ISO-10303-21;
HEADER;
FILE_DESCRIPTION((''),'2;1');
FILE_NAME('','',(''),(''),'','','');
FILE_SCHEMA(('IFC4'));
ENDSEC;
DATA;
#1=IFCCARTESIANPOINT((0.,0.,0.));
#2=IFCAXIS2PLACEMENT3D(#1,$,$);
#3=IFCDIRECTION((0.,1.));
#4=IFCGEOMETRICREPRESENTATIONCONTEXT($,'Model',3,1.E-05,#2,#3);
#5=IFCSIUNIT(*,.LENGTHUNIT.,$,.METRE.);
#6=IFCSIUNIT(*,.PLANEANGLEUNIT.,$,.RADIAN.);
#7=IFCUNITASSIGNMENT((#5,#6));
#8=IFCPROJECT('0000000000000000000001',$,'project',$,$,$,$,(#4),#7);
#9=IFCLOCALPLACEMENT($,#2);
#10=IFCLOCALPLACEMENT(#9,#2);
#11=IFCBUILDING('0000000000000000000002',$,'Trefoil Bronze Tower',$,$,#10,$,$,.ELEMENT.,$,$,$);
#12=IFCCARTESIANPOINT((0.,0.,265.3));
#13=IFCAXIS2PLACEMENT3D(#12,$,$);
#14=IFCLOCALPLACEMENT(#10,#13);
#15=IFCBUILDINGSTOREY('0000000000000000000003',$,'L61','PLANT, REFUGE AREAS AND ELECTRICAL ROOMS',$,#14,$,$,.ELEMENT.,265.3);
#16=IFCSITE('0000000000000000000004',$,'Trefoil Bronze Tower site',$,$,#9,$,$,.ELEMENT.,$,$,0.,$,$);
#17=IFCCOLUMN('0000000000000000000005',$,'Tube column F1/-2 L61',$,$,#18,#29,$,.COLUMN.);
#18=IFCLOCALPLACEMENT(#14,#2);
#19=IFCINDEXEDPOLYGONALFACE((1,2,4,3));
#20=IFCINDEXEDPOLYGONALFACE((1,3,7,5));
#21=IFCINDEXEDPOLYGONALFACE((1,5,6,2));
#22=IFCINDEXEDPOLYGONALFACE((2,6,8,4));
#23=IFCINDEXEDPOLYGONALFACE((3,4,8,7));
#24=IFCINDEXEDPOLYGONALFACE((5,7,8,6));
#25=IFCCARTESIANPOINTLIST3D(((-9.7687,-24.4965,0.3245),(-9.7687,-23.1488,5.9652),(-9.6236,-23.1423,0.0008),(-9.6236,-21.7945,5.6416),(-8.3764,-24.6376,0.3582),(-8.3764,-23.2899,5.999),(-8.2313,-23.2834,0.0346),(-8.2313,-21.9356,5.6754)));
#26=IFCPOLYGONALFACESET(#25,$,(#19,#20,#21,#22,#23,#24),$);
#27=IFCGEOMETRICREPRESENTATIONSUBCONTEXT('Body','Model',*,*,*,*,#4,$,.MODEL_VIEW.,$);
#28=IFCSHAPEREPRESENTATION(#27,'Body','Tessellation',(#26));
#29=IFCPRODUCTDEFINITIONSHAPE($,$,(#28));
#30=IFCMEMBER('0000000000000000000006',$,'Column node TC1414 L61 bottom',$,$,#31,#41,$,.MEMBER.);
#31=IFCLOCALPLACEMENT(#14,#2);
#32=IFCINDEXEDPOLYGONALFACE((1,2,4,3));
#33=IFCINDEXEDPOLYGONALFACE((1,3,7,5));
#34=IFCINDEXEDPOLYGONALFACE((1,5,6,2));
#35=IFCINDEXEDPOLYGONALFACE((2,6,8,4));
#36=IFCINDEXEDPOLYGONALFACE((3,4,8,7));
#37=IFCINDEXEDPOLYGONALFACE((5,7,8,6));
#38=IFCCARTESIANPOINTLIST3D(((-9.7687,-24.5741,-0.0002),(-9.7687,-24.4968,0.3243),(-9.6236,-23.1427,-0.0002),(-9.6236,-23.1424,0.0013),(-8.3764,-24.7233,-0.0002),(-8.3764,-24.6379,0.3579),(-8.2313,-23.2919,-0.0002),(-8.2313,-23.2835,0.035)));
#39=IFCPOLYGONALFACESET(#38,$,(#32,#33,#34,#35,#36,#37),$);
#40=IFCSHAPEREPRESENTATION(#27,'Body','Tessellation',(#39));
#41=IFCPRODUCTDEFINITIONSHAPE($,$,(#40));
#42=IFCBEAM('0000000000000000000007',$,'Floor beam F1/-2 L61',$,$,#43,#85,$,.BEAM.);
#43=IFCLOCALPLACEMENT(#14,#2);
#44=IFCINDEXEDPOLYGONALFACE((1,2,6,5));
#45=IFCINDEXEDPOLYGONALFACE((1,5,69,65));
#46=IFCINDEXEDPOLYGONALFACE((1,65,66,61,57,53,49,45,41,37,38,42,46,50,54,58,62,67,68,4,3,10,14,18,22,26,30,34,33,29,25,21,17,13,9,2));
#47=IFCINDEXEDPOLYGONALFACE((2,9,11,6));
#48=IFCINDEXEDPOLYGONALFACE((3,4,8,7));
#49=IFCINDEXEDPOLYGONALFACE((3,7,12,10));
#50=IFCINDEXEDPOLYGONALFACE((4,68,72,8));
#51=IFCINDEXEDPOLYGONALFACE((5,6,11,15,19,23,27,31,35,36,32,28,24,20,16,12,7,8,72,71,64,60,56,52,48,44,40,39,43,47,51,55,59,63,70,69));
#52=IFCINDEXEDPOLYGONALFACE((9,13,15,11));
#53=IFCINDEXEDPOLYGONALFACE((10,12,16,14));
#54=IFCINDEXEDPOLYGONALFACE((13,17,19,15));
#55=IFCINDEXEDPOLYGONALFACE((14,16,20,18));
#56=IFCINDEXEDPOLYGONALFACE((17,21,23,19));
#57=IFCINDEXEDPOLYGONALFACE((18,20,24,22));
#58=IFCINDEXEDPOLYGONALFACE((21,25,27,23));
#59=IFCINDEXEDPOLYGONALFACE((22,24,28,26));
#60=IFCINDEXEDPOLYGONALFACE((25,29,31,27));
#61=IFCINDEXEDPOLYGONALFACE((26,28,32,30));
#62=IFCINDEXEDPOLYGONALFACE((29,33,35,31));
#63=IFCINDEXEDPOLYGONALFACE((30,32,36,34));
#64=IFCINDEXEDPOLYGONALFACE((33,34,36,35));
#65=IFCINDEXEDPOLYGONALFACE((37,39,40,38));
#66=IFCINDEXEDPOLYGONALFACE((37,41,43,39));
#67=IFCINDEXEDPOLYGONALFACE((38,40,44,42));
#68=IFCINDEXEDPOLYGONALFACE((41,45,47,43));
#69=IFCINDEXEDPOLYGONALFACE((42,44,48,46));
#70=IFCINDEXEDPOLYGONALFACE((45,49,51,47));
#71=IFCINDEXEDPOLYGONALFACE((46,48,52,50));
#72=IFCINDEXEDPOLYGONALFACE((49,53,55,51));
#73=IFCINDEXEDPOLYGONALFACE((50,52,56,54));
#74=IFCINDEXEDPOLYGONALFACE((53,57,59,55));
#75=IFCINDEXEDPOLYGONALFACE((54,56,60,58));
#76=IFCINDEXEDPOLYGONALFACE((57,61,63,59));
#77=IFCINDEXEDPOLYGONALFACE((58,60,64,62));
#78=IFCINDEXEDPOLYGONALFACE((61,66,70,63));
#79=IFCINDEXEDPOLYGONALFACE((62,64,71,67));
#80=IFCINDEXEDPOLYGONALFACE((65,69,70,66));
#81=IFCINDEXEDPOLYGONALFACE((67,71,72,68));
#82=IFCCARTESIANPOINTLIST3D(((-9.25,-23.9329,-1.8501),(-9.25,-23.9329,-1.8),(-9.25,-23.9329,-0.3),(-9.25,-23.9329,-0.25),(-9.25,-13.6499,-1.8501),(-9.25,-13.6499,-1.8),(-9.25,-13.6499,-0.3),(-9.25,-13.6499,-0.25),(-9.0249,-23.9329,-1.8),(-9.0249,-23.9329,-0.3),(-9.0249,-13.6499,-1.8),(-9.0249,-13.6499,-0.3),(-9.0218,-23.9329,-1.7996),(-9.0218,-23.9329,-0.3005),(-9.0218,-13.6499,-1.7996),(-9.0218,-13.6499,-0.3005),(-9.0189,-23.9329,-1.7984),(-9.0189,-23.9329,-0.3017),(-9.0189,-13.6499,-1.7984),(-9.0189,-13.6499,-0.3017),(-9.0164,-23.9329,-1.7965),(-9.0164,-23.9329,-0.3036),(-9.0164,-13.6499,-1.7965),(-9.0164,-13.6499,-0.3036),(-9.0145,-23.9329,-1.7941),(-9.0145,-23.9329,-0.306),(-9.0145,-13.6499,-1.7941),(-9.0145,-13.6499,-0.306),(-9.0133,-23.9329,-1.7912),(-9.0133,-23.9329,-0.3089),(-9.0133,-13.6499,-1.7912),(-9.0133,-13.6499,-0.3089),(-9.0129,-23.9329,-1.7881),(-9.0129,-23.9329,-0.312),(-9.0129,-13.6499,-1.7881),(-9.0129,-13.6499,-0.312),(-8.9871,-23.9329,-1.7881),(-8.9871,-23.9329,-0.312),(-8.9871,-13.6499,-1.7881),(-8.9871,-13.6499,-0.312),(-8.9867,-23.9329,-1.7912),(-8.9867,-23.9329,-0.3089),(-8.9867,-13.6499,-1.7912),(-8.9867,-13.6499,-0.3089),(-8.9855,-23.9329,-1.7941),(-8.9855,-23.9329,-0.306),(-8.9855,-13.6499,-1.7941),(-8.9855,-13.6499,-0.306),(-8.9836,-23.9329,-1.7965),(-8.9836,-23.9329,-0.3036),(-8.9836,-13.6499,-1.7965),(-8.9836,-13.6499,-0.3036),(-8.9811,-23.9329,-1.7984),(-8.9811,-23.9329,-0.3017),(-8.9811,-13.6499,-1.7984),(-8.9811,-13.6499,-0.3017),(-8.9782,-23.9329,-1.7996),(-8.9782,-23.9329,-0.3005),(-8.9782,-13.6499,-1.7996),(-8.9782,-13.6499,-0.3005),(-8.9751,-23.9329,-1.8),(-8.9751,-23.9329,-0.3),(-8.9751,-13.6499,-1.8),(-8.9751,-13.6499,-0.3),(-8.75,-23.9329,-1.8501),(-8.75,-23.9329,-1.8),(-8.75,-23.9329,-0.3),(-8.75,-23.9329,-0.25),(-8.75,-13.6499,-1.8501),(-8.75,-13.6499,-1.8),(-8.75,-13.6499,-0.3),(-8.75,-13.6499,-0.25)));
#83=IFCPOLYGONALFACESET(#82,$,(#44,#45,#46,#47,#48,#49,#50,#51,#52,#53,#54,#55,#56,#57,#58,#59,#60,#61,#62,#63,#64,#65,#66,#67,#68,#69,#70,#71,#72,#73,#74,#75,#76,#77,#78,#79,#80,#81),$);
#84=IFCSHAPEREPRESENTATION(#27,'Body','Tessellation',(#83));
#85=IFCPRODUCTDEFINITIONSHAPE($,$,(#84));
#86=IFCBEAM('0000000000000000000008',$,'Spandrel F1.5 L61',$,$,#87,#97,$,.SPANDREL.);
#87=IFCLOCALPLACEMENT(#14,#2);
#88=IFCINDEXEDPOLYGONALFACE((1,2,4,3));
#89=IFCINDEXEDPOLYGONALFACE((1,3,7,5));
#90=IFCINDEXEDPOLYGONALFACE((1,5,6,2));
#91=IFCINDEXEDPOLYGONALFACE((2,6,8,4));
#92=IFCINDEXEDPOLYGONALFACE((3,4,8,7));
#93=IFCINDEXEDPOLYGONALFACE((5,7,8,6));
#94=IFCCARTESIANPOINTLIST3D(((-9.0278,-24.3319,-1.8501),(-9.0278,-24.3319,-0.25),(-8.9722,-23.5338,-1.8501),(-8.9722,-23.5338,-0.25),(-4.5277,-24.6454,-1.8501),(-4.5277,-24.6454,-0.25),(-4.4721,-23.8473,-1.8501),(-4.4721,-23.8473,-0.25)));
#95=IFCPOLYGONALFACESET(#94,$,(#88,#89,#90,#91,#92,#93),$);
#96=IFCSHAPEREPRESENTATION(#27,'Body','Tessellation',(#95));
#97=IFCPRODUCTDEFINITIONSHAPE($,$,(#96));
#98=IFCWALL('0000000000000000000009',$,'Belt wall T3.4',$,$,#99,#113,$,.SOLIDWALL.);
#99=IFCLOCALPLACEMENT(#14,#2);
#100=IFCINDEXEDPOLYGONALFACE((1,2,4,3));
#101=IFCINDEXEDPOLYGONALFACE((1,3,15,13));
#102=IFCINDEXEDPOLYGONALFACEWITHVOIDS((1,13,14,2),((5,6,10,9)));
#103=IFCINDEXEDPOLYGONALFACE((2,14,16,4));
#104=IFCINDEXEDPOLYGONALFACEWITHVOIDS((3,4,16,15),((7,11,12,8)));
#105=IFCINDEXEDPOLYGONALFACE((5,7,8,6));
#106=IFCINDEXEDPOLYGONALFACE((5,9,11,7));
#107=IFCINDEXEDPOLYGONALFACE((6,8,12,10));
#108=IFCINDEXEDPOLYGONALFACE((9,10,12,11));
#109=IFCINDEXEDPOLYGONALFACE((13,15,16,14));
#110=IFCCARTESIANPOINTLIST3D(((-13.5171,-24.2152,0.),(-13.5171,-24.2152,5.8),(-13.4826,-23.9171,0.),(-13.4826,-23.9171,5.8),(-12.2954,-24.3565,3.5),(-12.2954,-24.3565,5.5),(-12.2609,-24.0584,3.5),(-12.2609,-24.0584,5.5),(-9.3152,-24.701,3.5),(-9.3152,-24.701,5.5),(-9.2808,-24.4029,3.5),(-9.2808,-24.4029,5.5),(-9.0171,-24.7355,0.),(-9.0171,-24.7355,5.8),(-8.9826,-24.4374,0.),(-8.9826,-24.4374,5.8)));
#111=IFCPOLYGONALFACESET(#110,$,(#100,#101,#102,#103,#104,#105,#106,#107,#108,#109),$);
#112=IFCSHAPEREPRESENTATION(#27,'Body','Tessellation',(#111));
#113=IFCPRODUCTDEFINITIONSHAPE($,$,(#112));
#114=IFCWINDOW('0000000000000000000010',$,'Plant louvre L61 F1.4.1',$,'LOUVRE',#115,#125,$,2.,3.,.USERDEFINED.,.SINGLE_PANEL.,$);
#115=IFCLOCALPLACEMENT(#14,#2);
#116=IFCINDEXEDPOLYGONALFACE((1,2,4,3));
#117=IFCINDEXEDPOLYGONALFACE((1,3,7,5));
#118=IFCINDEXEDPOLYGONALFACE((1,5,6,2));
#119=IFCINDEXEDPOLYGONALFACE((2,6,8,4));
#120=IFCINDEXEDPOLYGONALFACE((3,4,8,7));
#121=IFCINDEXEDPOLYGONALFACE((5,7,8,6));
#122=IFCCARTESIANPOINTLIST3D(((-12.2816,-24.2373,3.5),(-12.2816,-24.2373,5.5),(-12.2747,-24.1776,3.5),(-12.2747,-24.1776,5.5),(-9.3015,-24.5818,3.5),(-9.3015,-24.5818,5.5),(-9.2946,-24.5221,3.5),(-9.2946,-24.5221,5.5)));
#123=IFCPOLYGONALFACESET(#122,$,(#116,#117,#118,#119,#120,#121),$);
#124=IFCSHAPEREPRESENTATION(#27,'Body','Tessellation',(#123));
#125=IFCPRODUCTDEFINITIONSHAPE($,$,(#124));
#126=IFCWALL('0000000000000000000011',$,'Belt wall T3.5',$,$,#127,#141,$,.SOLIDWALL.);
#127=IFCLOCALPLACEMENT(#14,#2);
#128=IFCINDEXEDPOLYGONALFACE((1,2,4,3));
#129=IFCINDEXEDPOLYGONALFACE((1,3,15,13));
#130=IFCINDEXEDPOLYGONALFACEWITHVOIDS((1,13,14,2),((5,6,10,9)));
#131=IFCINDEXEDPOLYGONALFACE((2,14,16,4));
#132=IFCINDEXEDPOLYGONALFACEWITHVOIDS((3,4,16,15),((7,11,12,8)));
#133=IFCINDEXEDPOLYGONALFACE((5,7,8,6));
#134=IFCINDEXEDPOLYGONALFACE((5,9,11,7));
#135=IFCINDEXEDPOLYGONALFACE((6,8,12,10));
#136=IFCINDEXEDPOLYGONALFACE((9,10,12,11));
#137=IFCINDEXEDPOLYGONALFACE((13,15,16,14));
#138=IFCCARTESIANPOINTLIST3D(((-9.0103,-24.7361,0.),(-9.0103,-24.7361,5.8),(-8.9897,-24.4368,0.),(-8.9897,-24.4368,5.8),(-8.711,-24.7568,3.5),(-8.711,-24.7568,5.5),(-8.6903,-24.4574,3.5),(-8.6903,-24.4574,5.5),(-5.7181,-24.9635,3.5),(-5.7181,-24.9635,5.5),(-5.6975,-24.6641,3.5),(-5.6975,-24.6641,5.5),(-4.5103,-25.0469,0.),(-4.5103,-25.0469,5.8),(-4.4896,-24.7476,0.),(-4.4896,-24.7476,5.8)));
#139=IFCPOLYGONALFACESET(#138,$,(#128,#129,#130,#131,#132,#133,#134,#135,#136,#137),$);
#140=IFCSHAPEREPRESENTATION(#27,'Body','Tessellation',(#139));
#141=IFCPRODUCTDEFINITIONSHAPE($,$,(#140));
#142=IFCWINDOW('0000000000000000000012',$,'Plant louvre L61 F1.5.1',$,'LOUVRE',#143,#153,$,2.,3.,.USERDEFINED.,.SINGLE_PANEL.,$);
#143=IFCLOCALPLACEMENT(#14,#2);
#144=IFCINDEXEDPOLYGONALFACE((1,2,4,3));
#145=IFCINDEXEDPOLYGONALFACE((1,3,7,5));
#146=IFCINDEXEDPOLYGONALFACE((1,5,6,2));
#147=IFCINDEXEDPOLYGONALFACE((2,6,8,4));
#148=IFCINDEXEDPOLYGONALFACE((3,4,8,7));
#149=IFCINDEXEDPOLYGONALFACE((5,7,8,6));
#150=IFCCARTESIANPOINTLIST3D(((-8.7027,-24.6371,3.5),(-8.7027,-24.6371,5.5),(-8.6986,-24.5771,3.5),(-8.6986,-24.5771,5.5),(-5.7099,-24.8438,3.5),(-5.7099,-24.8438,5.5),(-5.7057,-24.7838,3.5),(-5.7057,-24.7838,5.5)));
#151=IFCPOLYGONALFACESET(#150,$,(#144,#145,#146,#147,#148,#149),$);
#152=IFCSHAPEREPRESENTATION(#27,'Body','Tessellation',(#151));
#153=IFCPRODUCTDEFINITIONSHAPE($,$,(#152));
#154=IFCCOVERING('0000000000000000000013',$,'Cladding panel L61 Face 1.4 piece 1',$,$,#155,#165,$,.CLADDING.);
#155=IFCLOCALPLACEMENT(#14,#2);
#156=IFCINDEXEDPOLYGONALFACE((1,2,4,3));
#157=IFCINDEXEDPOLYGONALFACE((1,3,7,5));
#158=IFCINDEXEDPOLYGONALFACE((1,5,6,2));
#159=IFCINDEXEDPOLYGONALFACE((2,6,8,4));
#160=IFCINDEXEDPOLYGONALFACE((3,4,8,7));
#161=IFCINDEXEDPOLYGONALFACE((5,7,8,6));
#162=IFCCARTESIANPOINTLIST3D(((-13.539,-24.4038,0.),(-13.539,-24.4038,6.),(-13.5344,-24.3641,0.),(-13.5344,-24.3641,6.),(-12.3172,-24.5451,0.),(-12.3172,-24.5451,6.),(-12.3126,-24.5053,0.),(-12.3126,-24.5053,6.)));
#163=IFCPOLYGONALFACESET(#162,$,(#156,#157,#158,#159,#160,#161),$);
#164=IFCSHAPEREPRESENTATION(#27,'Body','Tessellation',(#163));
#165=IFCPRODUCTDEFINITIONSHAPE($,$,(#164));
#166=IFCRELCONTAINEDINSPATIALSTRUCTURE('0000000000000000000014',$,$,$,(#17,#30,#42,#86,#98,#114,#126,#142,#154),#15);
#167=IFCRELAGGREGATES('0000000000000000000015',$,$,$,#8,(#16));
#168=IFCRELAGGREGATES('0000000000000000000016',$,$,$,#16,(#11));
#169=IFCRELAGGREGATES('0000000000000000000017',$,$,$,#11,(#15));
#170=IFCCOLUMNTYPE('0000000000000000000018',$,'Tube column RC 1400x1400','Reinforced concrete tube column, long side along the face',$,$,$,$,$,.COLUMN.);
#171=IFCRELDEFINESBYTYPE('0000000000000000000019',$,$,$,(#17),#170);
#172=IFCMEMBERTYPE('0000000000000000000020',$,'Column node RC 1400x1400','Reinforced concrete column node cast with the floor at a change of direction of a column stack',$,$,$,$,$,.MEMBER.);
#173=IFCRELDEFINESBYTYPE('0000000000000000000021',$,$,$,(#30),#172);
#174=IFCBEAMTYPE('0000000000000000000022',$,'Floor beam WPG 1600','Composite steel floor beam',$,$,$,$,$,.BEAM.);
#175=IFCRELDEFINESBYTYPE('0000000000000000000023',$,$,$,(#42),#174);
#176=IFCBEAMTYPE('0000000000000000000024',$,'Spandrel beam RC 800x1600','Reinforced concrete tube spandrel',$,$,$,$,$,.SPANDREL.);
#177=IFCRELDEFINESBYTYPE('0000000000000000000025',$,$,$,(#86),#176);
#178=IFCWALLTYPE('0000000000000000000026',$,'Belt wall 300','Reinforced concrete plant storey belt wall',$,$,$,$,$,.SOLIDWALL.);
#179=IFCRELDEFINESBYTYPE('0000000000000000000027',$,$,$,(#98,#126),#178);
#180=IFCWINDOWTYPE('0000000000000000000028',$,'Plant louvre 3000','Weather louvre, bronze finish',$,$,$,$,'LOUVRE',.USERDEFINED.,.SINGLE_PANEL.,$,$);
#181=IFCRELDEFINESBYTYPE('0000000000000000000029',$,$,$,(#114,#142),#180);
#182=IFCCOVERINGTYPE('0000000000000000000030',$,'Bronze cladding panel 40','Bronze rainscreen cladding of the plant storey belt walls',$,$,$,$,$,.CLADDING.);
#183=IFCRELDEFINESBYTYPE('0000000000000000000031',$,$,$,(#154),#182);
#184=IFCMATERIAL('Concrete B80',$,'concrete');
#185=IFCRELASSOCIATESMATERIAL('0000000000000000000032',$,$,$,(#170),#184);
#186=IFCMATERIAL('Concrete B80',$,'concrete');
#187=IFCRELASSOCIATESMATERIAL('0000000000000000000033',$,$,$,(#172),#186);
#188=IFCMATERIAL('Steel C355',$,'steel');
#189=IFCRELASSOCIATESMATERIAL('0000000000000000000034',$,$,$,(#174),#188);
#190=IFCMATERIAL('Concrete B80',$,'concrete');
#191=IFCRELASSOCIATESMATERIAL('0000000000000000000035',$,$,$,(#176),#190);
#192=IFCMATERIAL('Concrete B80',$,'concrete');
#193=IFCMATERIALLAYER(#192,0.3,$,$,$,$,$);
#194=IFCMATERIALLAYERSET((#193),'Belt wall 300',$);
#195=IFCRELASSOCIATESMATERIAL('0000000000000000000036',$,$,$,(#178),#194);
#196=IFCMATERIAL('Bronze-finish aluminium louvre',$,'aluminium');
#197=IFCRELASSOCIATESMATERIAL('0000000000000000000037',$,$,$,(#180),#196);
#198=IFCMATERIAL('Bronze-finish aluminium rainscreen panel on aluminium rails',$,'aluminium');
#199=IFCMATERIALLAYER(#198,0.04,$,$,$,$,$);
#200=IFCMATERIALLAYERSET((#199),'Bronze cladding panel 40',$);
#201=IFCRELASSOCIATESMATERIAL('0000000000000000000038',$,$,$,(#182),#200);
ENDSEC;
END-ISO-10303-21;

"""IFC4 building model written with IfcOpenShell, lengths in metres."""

from ifc_helpers import new_model, si_unit, direction, frame, frame_2d, origin, origin_2d, place, context, subcontext, project, spatial, rectangle, i_section, extrude, clip, halfspace, material, layer, layer_set, material_profile, profile_set, type_object, element, fill, save


model = new_model("IFC4")

# Units and contexts
model_context = context("Model", 3, precision=1e-05, world=origin(), true_north=direction((0.0, 1.0)))
body_context = subcontext(model_context, "Body", "Model", "MODEL_VIEW")
ifc_project = project(units=[si_unit("LENGTHUNIT", "METRE"), si_unit("PLANEANGLEUNIT", "RADIAN")], contexts=[model_context])

# Site, building, storey
site_placement = place(None, origin())
site = spatial("IfcSite", under=ifc_project, at=site_placement, Name="Trefoil Bronze Tower site", CompositionType="ELEMENT", RefElevation=0.0)
building_placement = place(site_placement, origin())
building = spatial("IfcBuilding", under=site, at=building_placement, Name="Trefoil Bronze Tower", CompositionType="ELEMENT")
storey_placement = place(building_placement, frame((0.0, 0.0, 265.3)))
storey = spatial("IfcBuildingStorey", under=building, at=storey_placement, Name="L61", Description="PLANT, REFUGE AREAS AND ELECTRICAL ROOMS", CompositionType="ELEMENT", Elevation=265.3)

# Column
ifc_material_1 = material(Name="Concrete B80", Category="concrete")
ifc_material_profile_1 = material_profile(ifc_material_1, rectangle(XDim=1.3999, YDim=1.3999, at=origin_2d()), Name="RC 1400x1400")
ifc_profile_set_1 = profile_set([ifc_material_profile_1], Name="Concrete B80")
column_type = type_object("IfcColumnType", Name="Tube column RC 1400x1400", Description="Reinforced concrete tube column, long side along the face", PredefinedType="COLUMN", material=ifc_profile_set_1)
column_placement = place(storey_placement, frame((-9.0, -23.9329, 0.0), z_axis=(0.0, 0.232391, 0.972622), x_axis=(0.994615, -0.100799, 0.024084)))
element("IfcColumn", 1, at=column_placement, inside=storey, type_object=column_type, Name="Tube column F1/-2 L61", PredefinedType="COLUMN", context=body_context, shape_type="Clipping", body=[
    clip(clip(extrude(rectangle(XDim=1.3999, YDim=1.3999, at=origin_2d()), origin(), (0.0, 0.0, 1.0), 6.1689), halfspace(frame((0.0, 0.0, 0.1846), z_axis=(-0.000003, 0.000033, 1.0), x_axis=(0.0, 1.0, -0.000033)), True)), halfspace(frame((0.0, 0.0, 5.9841), z_axis=(0.000003, -0.000033, -1.0), x_axis=(0.0, -1.0, 0.000033)), True)),
])

# Member
ifc_material_2 = material(Name="Concrete B80", Category="concrete")
ifc_material_profile_2 = material_profile(ifc_material_2, rectangle(XDim=1.3999, YDim=1.3999, at=origin_2d()), Name="RC 1400x1400")
ifc_profile_set_2 = profile_set([ifc_material_profile_2], Name="Concrete B80")
member_type = type_object("IfcMemberType", Name="Column node RC 1400x1400", Description="Reinforced concrete column node cast with the floor at a change of direction of a column stack", PredefinedType="MEMBER", material=ifc_profile_set_2)
member_placement = place(storey_placement, frame((-9.0, -23.9758, -0.1797), z_axis=(0.0, 0.231948, 0.972728), x_axis=(0.994615, -0.10081, 0.024038)))
element("IfcMember", 2, at=member_placement, inside=storey, type_object=member_type, Name="Column node TC1414 L61 bottom", PredefinedType="MEMBER", context=body_context, shape_type="Clipping", body=[
    clip(extrude(rectangle(XDim=1.3999, YDim=1.3999, at=origin_2d()), origin(), (0.0, 0.0, 1.0), 0.3694), halfspace(frame((0.0, 0.0, 0.1846), z_axis=(0.024038, -0.230699, 0.972728), x_axis=(0.0, 0.973009, 0.230766)), True)),
])

# Beams
ifc_material_3 = material(Name="Steel C355", Category="steel")
ifc_material_profile_3 = material_profile(ifc_material_3, i_section(OverallWidth=0.5, OverallDepth=1.6001, WebThickness=0.0259, FlangeThickness=0.05, FilletRadius=0.012, at=origin_2d()), Name="WPG 1600")
ifc_profile_set_3 = profile_set([ifc_material_profile_3], Name="Steel C355")
beam_type_1 = type_object("IfcBeamType", Name="Floor beam WPG 1600", Description="Composite steel floor beam", PredefinedType="BEAM", material=ifc_profile_set_3)
beam_1_placement = place(storey_placement, frame((-9.0, -23.9329, -1.05), z_axis=(0.0, 1.0, 0.0), x_axis=(-1.0, 0.0, 0.0)))
element("IfcBeam", 3, at=beam_1_placement, inside=storey, type_object=beam_type_1, Name="Floor beam F1/-2 L61", PredefinedType="BEAM", context=body_context, shape_type="SweptSolid", body=[
    extrude(i_section(OverallWidth=0.5, OverallDepth=1.6001, WebThickness=0.0259, FlangeThickness=0.05, FilletRadius=0.012, at=origin_2d()), origin(), (0.0, 0.0, 1.0), 10.283),
])
ifc_material_4 = material(Name="Concrete B80", Category="concrete")
ifc_material_profile_4 = material_profile(ifc_material_4, rectangle(XDim=0.8, YDim=1.6001, at=origin_2d()), Name="RC 800x1600")
ifc_profile_set_4 = profile_set([ifc_material_profile_4], Name="Concrete B80")
beam_type_2 = type_object("IfcBeamType", Name="Spandrel beam RC 800x1600", Description="Reinforced concrete tube spandrel", PredefinedType="SPANDREL", material=ifc_profile_set_4)
beam_2_placement = place(storey_placement, frame((-9.0, -23.9329, -1.05), z_axis=(0.997582, -0.069493, 0.0), x_axis=(0.069493, 0.997582, 0.0)))
element("IfcBeam", 4, at=beam_2_placement, inside=storey, type_object=beam_type_2, Name="Spandrel F1.5 L61", PredefinedType="SPANDREL", context=body_context, shape_type="SweptSolid", body=[
    extrude(rectangle(XDim=0.8, YDim=1.6001, at=origin_2d()), origin(), (0.0, 0.0, 1.0), 4.511),
])

# Walls, openings, windows
ifc_material_5 = material(Name="Concrete B80", Category="concrete")
ifc_layer_1 = layer(ifc_material_5, 0.3)
ifc_layer_set_1 = layer_set([ifc_layer_1], Name="Belt wall 300")
wall_type = type_object("IfcWallType", Name="Belt wall 300", Description="Reinforced concrete plant storey belt wall", PredefinedType="SOLIDWALL", material=ifc_layer_set_1)
wall_1_placement = place(storey_placement, frame((-13.5, -24.0662, 0.0), z_axis=(0.0, 0.0, 1.0), x_axis=(0.993383, -0.114849, 0.0)))
wall_1 = element("IfcWall", 5, at=wall_1_placement, inside=storey, type_object=wall_type, Name="Belt wall T3.4", PredefinedType="SOLIDWALL", context=body_context, shape_type="SweptSolid", body=[
    extrude(rectangle(XDim=4.53, YDim=0.3, at=frame_2d((2.2651, 0.0))), origin(), (0.0, 0.0, 1.0), 5.8),
])
opening_1_placement = place(wall_1_placement, frame((1.23, 0.0, 3.5)))
opening_1 = element("IfcOpeningElement", 6, at=opening_1_placement, cuts=wall_1, PredefinedType="OPENING", context=body_context, shape_type="SweptSolid", body=[
    extrude(rectangle(XDim=3.0, YDim=2.0, at=frame_2d((1.5, 1.0))), frame((0.0, 0.1599, 0.0), z_axis=(0.0, -1.0, 0.0), x_axis=(1.0, 0.0, 0.0)), (0.0, 0.0, 1.0), 0.3201),
])
ifc_material_6 = material(Name="Bronze-finish aluminium louvre", Category="aluminium")
window_type = type_object("IfcWindowType", Name="Plant louvre 3000", Description="Weather louvre, bronze finish", ElementType="LOUVRE", PartitioningType="SINGLE_PANEL", PredefinedType="USERDEFINED", material=ifc_material_6)
window_1_placement = place(opening_1_placement, origin())
window_1 = element("IfcWindow", 7, at=window_1_placement, inside=storey, type_object=window_type, Name="Plant louvre L61 F1.4.1", ObjectType="LOUVRE", OverallHeight=2.0, OverallWidth=3.0, PartitioningType="SINGLE_PANEL", PredefinedType="USERDEFINED", context=body_context, shape_type="SweptSolid", body=[
    extrude(rectangle(XDim=3.0, YDim=2.0, at=frame_2d((1.5, 1.0))), frame((0.0, 0.03, 0.0), z_axis=(0.0, -1.0, 0.0), x_axis=(1.0, 0.0, 0.0)), (0.0, 0.0, 1.0), 0.0601),
])
fill(opening_1, window_1)
wall_2_placement = place(storey_placement, frame((-9.0, -24.5864, 0.0), z_axis=(0.0, 0.0, 1.0), x_axis=(0.997624, -0.068901, 0.0)))
wall_2 = element("IfcWall", 8, at=wall_2_placement, inside=storey, type_object=wall_type, Name="Belt wall T3.5", PredefinedType="SOLIDWALL", context=body_context, shape_type="SweptSolid", body=[
    extrude(rectangle(XDim=4.5107, YDim=0.3, at=frame_2d((2.2554, 0.0))), origin(), (0.0, 0.0, 1.0), 5.8),
])
opening_2_placement = place(wall_2_placement, frame((0.3, 0.0, 3.5)))
opening_2 = element("IfcOpeningElement", 9, at=opening_2_placement, cuts=wall_2, PredefinedType="OPENING", context=body_context, shape_type="SweptSolid", body=[
    extrude(rectangle(XDim=3.0, YDim=2.0, at=frame_2d((1.5, 1.0))), frame((0.0, 0.1599, 0.0), z_axis=(0.0, -1.0, 0.0), x_axis=(1.0, 0.0, 0.0)), (0.0, 0.0, 1.0), 0.3201),
])
window_2_placement = place(opening_2_placement, origin())
window_2 = element("IfcWindow", 10, at=window_2_placement, inside=storey, type_object=window_type, Name="Plant louvre L61 F1.5.1", ObjectType="LOUVRE", OverallHeight=2.0, OverallWidth=3.0, PartitioningType="SINGLE_PANEL", PredefinedType="USERDEFINED", context=body_context, shape_type="SweptSolid", body=[
    extrude(rectangle(XDim=3.0, YDim=2.0, at=frame_2d((1.5, 1.0))), frame((0.0, 0.03, 0.0), z_axis=(0.0, -1.0, 0.0), x_axis=(1.0, 0.0, 0.0)), (0.0, 0.0, 1.0), 0.0601),
])
fill(opening_2, window_2)

# Covering
ifc_material_7 = material(Name="Bronze-finish aluminium rainscreen panel on aluminium rails", Category="aluminium")
ifc_layer_2 = layer(ifc_material_7, 0.04)
ifc_layer_set_2 = layer_set([ifc_layer_2], Name="Bronze cladding panel 40")
covering_type_1 = type_object("IfcCoveringType", Name="Bronze cladding panel 40", Description="Bronze rainscreen cladding of the plant storey belt walls", PredefinedType="CLADDING", material=ifc_layer_set_2)
covering_1_placement = place(storey_placement, frame((-12.9258, -24.4546, 0.0), z_axis=(0.0, 0.0, 1.0), x_axis=(0.993382, -0.114859, 0.0)))
element("IfcCovering", 11, at=covering_1_placement, inside=storey, type_object=covering_type_1, Name="Cladding panel L61 Face 1.4 piece 1", PredefinedType="CLADDING", context=body_context, shape_type="SweptSolid", body=[
    extrude(rectangle(XDim=1.23, YDim=0.04, at=origin_2d()), origin(), (0.0, 0.0, 1.0), 6.0),
])

save(model, "model.ifc")
